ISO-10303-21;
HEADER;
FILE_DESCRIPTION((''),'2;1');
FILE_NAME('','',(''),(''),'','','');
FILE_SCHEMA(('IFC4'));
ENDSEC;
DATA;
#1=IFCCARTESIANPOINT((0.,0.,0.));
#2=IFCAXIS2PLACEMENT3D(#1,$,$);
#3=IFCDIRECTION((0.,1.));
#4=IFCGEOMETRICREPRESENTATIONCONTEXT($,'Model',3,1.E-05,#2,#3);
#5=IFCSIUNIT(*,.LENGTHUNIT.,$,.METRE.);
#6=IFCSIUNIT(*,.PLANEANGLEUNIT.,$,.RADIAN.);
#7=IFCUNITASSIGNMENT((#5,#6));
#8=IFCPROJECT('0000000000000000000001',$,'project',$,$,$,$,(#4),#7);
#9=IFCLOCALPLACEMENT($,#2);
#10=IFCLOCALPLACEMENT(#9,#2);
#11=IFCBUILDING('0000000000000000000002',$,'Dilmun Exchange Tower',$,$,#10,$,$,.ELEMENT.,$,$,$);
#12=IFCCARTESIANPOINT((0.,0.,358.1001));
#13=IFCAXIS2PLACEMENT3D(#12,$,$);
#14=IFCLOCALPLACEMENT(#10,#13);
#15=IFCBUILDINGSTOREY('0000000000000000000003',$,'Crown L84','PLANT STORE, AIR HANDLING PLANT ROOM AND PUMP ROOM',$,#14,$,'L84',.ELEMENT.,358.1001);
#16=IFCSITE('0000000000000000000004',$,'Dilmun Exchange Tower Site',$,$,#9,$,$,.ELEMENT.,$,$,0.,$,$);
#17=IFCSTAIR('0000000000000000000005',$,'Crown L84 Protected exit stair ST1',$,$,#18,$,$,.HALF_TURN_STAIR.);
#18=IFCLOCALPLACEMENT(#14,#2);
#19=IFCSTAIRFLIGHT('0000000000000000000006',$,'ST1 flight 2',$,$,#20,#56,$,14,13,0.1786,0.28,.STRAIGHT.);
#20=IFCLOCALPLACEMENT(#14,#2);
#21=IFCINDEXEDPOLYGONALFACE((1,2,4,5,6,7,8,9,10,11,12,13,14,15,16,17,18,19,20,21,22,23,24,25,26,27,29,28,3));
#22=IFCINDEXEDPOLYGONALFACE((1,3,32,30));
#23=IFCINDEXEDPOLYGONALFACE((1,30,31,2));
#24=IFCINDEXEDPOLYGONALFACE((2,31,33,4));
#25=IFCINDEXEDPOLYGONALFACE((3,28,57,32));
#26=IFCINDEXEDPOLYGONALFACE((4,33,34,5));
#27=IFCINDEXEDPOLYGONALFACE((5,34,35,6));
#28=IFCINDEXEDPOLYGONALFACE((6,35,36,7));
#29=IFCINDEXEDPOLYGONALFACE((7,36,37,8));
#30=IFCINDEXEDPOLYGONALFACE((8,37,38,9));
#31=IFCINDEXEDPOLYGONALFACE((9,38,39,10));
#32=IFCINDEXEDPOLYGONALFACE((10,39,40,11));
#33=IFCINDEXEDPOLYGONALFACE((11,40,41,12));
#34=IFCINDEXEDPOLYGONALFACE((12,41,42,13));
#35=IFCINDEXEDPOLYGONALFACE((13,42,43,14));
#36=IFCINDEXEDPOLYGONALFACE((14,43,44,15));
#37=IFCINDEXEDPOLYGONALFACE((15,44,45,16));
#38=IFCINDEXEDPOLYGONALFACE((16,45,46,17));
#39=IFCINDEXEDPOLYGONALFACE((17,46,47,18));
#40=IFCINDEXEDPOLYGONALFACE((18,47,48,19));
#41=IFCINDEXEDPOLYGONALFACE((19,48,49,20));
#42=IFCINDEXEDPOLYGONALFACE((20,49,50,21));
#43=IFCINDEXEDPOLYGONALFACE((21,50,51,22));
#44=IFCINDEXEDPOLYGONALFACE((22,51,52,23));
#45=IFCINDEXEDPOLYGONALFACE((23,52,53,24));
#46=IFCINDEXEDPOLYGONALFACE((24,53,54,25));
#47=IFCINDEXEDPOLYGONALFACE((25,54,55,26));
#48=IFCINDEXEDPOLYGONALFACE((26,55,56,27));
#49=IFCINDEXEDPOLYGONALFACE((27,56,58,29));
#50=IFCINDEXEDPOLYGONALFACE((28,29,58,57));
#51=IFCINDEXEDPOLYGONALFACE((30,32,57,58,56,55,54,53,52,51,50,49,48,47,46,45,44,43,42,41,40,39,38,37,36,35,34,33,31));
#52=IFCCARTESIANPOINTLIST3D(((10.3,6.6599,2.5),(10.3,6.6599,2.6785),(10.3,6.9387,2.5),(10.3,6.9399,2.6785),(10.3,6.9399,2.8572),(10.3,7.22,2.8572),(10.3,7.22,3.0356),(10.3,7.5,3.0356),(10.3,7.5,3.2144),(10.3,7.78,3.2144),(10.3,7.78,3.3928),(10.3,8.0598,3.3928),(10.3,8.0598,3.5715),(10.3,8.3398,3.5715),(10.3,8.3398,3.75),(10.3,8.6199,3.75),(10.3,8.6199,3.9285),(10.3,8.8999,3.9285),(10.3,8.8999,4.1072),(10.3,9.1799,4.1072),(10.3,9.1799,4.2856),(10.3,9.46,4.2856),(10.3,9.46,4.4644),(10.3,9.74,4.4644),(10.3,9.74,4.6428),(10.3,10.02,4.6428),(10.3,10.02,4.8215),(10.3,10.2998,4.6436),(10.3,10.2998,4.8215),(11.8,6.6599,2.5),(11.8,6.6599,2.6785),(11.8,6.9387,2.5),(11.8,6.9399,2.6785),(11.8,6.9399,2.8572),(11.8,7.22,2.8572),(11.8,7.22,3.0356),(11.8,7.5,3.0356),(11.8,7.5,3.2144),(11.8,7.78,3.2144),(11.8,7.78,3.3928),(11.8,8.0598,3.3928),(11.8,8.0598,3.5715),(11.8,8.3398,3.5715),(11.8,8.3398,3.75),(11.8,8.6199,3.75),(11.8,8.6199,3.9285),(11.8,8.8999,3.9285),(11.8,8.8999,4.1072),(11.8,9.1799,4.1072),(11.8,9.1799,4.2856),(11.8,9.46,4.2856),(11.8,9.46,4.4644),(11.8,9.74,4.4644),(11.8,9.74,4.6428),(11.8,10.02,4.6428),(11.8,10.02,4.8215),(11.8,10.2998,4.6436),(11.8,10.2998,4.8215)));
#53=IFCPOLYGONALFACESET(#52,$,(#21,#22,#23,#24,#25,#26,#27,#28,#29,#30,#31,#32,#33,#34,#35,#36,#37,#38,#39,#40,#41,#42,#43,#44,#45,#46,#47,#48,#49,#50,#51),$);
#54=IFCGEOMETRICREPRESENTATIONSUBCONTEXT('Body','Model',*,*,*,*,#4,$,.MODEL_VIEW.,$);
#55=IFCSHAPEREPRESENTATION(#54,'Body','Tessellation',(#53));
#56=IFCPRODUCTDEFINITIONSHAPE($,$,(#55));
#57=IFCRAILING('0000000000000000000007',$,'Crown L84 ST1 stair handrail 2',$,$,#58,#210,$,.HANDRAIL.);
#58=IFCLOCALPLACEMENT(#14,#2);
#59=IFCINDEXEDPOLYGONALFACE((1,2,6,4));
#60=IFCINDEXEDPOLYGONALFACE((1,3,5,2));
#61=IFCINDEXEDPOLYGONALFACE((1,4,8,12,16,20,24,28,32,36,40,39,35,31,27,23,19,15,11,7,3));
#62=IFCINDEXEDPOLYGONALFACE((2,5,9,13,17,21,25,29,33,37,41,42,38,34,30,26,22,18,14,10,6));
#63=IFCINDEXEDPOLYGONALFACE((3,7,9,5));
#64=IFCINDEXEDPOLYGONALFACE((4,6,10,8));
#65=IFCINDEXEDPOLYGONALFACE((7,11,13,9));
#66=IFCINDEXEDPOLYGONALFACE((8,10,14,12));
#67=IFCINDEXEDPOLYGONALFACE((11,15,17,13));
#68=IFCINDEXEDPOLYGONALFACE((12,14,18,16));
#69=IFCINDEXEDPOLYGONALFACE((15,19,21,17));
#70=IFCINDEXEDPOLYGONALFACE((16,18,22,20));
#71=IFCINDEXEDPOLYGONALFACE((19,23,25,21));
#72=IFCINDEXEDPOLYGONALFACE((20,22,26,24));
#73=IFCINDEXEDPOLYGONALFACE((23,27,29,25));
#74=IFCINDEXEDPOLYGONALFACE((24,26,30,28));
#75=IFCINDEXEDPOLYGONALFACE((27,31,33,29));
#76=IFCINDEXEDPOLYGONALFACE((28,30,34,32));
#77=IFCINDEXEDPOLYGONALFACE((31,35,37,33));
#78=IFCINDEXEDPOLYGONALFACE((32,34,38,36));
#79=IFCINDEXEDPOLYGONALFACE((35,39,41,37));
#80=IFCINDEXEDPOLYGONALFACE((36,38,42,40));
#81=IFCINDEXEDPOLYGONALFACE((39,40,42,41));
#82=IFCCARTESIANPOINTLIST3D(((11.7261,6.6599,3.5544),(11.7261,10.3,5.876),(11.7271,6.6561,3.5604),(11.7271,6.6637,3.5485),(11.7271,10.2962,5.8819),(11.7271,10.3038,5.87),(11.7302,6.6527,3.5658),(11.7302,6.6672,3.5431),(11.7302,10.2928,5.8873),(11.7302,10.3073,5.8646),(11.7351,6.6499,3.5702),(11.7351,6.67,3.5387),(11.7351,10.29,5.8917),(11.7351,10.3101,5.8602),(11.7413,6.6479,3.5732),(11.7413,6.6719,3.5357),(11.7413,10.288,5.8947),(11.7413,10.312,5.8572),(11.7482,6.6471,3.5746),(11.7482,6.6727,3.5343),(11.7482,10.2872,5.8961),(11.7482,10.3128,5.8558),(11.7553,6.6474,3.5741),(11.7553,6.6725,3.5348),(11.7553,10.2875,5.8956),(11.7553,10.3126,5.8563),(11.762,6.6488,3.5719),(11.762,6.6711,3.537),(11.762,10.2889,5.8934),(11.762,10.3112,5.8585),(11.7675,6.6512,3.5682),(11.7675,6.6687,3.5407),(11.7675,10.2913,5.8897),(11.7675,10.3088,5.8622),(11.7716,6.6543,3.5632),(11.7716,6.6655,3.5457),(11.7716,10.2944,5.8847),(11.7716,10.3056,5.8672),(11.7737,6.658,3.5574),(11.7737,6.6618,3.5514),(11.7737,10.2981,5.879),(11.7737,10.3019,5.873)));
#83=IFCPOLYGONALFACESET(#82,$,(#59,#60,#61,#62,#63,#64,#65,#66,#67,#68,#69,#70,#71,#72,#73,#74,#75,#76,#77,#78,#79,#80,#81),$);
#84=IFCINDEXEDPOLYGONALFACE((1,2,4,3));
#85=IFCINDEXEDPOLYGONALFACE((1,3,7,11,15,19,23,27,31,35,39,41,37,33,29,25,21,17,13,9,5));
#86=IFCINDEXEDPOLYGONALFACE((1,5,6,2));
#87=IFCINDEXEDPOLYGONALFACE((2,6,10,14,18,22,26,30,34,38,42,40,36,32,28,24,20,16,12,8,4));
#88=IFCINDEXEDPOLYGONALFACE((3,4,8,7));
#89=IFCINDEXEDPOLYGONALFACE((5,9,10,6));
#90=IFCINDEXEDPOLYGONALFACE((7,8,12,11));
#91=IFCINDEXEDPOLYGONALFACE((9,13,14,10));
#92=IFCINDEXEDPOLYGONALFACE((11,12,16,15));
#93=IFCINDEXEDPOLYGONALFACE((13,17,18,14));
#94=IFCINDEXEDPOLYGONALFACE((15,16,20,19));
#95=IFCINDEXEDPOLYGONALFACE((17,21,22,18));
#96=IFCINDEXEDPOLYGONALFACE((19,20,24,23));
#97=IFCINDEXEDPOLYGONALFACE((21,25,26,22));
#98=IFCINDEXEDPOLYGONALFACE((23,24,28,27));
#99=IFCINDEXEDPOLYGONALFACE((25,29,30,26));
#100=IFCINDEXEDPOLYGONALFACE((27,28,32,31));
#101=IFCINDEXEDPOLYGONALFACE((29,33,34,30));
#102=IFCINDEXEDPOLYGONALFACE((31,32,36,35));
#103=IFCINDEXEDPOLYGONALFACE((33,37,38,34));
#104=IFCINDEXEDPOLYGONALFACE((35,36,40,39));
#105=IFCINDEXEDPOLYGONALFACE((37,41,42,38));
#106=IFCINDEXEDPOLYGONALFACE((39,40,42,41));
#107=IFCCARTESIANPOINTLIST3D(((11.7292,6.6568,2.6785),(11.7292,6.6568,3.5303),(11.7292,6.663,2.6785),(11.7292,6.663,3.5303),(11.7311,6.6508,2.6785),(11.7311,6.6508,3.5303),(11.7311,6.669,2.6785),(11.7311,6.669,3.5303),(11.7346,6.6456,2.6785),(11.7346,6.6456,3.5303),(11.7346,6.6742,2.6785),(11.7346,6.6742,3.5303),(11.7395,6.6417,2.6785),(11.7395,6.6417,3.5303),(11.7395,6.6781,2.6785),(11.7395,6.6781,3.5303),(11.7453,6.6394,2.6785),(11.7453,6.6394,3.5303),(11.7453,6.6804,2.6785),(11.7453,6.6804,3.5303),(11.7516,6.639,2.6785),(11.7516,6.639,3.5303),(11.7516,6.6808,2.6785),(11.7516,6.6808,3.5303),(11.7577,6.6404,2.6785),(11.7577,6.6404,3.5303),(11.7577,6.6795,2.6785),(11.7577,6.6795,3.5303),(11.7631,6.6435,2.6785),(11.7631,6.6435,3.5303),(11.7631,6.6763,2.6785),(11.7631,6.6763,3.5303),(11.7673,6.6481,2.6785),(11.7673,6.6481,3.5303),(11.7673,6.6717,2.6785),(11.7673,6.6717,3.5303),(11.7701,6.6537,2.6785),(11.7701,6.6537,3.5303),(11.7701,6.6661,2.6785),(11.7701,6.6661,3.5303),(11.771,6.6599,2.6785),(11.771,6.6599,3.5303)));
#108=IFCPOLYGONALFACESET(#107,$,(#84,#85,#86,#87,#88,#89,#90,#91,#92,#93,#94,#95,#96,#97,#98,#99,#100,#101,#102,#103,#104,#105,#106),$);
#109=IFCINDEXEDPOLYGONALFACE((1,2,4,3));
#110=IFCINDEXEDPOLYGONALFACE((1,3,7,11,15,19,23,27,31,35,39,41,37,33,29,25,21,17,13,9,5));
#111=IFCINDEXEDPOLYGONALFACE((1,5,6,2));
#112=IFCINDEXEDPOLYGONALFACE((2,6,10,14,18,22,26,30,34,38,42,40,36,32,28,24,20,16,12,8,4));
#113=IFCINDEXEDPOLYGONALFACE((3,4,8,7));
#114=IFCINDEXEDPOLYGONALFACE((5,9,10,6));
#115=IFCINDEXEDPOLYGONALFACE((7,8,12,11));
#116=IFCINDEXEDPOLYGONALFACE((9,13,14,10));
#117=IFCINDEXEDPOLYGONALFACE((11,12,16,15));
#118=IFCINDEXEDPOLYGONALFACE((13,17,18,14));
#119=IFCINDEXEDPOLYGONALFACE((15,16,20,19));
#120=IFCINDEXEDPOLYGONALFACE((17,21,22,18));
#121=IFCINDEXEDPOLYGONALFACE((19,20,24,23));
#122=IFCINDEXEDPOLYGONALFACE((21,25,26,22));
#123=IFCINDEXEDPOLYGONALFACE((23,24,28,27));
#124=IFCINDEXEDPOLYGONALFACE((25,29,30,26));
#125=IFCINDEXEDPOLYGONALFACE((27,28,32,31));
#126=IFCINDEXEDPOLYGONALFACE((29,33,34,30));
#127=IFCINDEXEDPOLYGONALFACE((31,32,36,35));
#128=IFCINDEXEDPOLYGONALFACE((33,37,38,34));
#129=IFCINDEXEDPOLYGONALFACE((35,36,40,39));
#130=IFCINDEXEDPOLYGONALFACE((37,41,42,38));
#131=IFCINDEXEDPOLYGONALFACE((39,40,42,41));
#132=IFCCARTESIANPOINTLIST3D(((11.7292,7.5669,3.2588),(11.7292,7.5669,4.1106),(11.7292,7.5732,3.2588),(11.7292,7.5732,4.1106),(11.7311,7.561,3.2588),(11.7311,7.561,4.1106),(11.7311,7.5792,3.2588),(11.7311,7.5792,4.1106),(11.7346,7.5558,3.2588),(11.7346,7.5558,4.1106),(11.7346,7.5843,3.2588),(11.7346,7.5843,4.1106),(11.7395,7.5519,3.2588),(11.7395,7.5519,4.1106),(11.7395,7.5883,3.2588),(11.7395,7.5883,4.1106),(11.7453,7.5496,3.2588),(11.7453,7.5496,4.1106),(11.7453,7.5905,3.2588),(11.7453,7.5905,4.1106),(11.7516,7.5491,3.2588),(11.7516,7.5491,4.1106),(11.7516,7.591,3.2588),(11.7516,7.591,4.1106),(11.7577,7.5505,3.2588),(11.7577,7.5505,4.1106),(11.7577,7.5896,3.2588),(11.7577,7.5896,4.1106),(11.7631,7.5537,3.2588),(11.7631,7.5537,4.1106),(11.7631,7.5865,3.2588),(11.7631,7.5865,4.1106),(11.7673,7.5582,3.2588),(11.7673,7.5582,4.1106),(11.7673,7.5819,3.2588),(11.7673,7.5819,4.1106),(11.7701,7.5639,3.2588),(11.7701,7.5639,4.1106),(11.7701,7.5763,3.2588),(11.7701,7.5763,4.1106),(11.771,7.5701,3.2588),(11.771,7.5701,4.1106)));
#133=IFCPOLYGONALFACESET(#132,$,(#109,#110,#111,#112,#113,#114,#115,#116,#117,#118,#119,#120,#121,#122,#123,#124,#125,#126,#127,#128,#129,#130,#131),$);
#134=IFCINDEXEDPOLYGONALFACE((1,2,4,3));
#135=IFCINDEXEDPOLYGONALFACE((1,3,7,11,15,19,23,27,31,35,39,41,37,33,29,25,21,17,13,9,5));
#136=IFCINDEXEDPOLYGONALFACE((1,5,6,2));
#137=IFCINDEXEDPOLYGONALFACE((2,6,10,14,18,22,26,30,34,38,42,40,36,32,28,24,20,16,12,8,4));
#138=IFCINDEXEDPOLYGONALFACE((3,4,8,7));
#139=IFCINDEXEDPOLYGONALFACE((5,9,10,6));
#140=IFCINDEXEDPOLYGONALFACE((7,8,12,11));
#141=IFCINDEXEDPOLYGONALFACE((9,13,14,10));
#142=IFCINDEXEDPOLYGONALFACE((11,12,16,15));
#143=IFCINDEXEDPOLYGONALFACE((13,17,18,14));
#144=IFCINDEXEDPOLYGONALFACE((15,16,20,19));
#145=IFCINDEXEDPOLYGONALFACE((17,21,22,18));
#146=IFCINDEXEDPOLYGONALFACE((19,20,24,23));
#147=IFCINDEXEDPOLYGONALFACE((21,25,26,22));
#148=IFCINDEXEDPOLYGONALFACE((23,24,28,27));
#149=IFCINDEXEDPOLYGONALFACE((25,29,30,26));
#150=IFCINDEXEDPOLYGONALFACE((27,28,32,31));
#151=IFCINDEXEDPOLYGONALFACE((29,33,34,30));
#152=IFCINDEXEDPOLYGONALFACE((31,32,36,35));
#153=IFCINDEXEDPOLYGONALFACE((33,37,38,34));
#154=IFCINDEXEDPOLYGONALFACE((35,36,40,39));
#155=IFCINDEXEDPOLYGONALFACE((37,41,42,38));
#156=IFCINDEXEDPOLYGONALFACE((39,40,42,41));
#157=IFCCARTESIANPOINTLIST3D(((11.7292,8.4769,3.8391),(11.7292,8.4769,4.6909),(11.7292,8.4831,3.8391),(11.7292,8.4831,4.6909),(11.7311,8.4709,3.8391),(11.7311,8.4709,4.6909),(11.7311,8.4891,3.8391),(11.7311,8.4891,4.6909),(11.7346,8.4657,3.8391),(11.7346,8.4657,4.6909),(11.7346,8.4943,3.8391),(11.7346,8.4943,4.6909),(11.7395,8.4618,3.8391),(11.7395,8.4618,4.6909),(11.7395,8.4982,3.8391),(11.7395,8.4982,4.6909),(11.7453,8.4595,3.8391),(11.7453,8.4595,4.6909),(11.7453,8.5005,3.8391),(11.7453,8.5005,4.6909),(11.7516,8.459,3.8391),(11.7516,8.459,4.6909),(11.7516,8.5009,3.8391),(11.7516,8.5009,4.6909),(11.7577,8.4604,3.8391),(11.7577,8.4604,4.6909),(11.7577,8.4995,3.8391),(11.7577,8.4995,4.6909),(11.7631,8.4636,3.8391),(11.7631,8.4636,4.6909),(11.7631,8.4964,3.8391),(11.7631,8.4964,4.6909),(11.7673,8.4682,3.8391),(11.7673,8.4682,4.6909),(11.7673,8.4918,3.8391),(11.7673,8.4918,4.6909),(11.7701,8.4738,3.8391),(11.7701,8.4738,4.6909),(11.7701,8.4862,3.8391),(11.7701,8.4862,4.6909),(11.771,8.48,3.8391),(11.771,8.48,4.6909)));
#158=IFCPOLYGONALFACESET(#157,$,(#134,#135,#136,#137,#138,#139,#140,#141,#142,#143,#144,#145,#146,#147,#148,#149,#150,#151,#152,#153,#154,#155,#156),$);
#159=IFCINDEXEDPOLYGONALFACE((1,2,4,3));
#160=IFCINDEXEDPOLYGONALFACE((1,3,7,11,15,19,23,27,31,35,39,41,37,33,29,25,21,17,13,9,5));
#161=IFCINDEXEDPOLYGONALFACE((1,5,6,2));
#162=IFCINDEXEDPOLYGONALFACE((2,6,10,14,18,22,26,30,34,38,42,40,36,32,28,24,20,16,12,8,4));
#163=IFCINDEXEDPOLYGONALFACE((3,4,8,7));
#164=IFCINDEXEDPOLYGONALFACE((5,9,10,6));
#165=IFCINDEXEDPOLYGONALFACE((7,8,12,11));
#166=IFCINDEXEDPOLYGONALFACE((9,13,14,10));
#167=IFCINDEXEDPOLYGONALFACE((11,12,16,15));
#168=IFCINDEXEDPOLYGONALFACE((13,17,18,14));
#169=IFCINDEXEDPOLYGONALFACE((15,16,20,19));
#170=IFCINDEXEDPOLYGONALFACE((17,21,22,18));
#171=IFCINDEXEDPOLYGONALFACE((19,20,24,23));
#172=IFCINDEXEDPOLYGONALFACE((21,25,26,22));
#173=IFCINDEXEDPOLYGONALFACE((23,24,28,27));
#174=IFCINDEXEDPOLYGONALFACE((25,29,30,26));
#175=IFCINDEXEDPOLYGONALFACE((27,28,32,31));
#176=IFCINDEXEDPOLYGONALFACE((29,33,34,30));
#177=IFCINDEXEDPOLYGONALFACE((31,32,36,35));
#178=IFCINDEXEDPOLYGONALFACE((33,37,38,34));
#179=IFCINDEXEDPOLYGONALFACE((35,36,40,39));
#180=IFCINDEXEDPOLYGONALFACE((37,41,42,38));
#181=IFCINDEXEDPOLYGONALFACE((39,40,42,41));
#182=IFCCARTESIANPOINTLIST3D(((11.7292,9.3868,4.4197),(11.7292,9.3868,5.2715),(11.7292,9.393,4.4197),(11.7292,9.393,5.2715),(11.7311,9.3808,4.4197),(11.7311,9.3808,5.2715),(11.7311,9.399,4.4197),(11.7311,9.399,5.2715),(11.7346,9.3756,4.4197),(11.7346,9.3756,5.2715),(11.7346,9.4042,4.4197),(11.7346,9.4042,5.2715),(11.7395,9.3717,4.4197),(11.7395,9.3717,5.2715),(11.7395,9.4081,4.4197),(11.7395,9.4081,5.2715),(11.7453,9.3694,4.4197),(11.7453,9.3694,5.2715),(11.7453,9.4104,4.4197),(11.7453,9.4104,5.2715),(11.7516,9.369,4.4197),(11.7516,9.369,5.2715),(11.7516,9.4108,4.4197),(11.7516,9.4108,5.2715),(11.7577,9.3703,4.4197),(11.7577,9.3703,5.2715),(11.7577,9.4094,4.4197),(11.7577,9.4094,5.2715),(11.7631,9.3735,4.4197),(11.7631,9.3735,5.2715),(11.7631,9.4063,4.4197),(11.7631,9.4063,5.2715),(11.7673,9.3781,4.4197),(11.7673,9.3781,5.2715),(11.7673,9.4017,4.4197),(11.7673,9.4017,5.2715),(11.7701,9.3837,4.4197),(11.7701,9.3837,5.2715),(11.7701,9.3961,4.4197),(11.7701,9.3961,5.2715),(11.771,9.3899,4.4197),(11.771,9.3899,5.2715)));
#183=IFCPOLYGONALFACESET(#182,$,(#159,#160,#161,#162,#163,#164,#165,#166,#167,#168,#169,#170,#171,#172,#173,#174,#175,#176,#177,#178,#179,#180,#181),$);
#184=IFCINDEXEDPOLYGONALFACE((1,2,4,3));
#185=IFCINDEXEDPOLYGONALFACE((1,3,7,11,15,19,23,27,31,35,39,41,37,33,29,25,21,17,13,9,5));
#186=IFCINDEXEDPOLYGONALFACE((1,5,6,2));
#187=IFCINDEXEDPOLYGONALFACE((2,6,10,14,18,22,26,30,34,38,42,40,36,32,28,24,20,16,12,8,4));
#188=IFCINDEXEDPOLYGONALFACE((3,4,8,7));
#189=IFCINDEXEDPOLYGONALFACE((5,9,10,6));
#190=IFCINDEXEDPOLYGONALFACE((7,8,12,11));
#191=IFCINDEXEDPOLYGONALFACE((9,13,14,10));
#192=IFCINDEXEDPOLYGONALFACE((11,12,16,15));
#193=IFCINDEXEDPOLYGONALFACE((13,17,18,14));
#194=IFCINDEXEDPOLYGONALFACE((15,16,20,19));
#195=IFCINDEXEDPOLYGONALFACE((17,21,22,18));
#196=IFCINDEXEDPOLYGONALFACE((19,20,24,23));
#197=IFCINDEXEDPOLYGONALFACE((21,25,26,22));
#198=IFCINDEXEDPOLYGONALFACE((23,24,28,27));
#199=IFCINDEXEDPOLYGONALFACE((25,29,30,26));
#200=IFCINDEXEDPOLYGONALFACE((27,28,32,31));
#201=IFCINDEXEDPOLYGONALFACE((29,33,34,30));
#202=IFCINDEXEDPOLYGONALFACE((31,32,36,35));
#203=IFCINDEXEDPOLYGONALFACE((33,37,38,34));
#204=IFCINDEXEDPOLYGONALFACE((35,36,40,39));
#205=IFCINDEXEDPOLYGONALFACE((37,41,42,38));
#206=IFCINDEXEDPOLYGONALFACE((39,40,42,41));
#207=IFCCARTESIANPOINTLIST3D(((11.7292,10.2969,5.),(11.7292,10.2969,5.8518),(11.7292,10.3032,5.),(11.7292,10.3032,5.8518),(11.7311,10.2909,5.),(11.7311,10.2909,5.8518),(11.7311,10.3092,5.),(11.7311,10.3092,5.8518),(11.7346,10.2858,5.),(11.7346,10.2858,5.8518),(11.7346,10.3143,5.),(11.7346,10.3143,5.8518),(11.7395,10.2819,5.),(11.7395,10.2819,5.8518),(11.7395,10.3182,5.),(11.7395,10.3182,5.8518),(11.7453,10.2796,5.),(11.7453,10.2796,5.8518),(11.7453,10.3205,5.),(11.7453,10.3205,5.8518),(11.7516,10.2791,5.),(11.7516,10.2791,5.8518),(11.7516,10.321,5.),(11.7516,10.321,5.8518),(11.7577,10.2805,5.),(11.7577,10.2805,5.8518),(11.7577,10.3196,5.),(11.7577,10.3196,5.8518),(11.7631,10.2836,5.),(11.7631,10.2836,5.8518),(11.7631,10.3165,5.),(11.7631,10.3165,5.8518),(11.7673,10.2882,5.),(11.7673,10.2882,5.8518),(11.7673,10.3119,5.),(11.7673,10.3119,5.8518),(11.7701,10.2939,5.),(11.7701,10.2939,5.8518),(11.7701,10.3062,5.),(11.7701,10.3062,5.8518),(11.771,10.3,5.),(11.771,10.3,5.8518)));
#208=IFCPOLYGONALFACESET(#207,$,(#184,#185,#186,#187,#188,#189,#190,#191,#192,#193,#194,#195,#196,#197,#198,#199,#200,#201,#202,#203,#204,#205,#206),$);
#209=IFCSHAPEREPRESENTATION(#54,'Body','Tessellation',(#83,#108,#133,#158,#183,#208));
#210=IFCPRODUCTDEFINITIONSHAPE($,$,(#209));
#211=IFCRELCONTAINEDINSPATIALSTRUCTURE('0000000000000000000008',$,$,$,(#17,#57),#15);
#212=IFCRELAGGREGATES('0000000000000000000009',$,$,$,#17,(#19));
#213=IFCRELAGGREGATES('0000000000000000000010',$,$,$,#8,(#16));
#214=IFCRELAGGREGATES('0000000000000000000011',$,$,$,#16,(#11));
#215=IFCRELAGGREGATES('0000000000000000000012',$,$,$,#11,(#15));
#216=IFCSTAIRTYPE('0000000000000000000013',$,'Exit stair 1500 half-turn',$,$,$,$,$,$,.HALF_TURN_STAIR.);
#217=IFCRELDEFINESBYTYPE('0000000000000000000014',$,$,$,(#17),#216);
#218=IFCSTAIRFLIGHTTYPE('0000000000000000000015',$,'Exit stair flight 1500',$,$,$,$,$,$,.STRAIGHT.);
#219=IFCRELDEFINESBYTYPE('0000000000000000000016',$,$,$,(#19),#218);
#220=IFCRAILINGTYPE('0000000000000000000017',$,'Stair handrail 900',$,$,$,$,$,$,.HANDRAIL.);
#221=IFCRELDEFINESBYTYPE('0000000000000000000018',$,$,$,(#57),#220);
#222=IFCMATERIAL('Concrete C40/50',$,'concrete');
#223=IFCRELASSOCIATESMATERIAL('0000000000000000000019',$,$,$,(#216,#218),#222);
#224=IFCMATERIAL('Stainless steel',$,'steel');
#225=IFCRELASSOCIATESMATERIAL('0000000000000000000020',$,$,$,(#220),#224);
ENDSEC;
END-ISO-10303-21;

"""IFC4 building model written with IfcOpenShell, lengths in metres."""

from ifc_helpers import new_model, si_unit, direction, frame, origin, origin_2d, place, context, subcontext, project, spatial, polyline, circle, outline, extrude, material, type_object, element, aggregate, save


model = new_model("IFC4")

# Units and contexts
model_context = context("Model", 3, precision=1e-05, world=origin(), true_north=direction((0.0, 1.0)))
body_context = subcontext(model_context, "Body", "Model", "MODEL_VIEW")
ifc_project = project(units=[si_unit("LENGTHUNIT", "METRE"), si_unit("PLANEANGLEUNIT", "RADIAN")], contexts=[model_context])

# Site, building, storey
site_placement = place(None, origin())
site = spatial("IfcSite", under=ifc_project, at=site_placement, Name="Dilmun Exchange Tower Site", CompositionType="ELEMENT", RefElevation=0.0)
building_placement = place(site_placement, origin())
building = spatial("IfcBuilding", under=site, at=building_placement, Name="Dilmun Exchange Tower", CompositionType="ELEMENT")
storey_placement = place(building_placement, frame((0.0, 0.0, 358.1001)))
storey = spatial("IfcBuildingStorey", under=building, at=storey_placement, Name="Crown L84", Description="PLANT STORE, AIR HANDLING PLANT ROOM AND PUMP ROOM", LongName="L84", CompositionType="ELEMENT", Elevation=358.1001)

# Shared definitions
ifc_material_1 = material(Name="Concrete C40/50", Category="concrete")

# Stair, stair flight
stair_type = type_object("IfcStairType", Name="Exit stair 1500 half-turn", PredefinedType="HALF_TURN_STAIR", material=ifc_material_1)
stair_placement = place(storey_placement, origin())
stair = element("IfcStair", 1, at=stair_placement, inside=storey, type_object=stair_type, Name="Crown L84 Protected exit stair ST1", PredefinedType="HALF_TURN_STAIR")
stair_flight_type = type_object("IfcStairFlightType", Name="Exit stair flight 1500", PredefinedType="STRAIGHT", material=ifc_material_1)
stair_flight_placement = place(storey_placement, frame((11.05, 6.6599, 2.5), z_axis=(0.0, 0.0, 1.0), x_axis=(0.0, 1.0, 0.0)))
stair_flight = element("IfcStairFlight", 2, at=stair_flight_placement, type_object=stair_flight_type, Name="ST1 flight 2", NumberOfRisers=14, NumberOfTreads=13, PredefinedType="STRAIGHT", RiserHeight=0.1786, TreadLength=0.28, context=body_context, shape_type="SweptSolid", body=[
    extrude(outline(polyline([(0.0, 0.0), (0.0, 0.1785), (0.28, 0.1785), (0.28, 0.3572), (0.5601, 0.3572), (0.5601, 0.5356), (0.8401, 0.5356), (0.8401, 0.7144), (1.1201, 0.7144), (1.1201, 0.8928), (1.3999, 0.8928), (1.3999, 1.0715), (1.6799, 1.0715), (1.6799, 1.25), (1.96, 1.25), (1.96, 1.4285), (2.24, 1.4285), (2.24, 1.6072), (2.52, 1.6072), (2.52, 1.7856), (2.8, 1.7856), (2.8, 1.9644), (3.0801, 1.9644), (3.0801, 2.1428), (3.3601, 2.1428), (3.3601, 2.3215), (3.6399, 2.3215), (3.6399, 2.5), (3.6399, 2.1436), (0.2788, 0.0), (0.0, 0.0)])), frame((0.0, 0.75, 0.0), z_axis=(0.0, -1.0, 0.0), x_axis=(1.0, 0.0, 0.0)), (0.0, 0.0, 1.0), 1.5),
])
aggregate(stair, [stair_flight])

# Railing
ifc_material_2 = material(Name="Stainless steel", Category="steel")
railing_type = type_object("IfcRailingType", Name="Stair handrail 900", PredefinedType="HANDRAIL", material=ifc_material_2)
railing_placement = place(storey_placement, frame((11.75, 6.6599, 2.6785)))
element("IfcRailing", 3, at=railing_placement, inside=storey, type_object=railing_type, Name="Crown L84 ST1 stair handrail 2", PredefinedType="HANDRAIL", context=body_context, shape_type="SweptSolid", body=[
    extrude(circle(Radius=0.0239, at=origin_2d()), frame((0.0, 0.0, 0.876), z_axis=(0.0, 0.843128, 0.537713), x_axis=(-1.0, 0.0, 0.0)), (0.0, 0.0, 1.0), 4.3174),
    extrude(circle(Radius=0.021, at=origin_2d()), origin(), (0.0, 0.0, 1.0), 0.8518),
    extrude(circle(Radius=0.021, at=origin_2d()), frame((0.0, 0.9102, 0.5803)), (0.0, 0.0, 1.0), 0.8518),
    extrude(circle(Radius=0.021, at=origin_2d()), frame((0.0, 1.8201, 1.1606)), (0.0, 0.0, 1.0), 0.8518),
    extrude(circle(Radius=0.021, at=origin_2d()), frame((0.0, 2.73, 1.7412)), (0.0, 0.0, 1.0), 0.8518),
    extrude(circle(Radius=0.021, at=origin_2d()), frame((0.0, 3.6401, 2.3215)), (0.0, 0.0, 1.0), 0.8518),
])

save(model, "model.ifc")
